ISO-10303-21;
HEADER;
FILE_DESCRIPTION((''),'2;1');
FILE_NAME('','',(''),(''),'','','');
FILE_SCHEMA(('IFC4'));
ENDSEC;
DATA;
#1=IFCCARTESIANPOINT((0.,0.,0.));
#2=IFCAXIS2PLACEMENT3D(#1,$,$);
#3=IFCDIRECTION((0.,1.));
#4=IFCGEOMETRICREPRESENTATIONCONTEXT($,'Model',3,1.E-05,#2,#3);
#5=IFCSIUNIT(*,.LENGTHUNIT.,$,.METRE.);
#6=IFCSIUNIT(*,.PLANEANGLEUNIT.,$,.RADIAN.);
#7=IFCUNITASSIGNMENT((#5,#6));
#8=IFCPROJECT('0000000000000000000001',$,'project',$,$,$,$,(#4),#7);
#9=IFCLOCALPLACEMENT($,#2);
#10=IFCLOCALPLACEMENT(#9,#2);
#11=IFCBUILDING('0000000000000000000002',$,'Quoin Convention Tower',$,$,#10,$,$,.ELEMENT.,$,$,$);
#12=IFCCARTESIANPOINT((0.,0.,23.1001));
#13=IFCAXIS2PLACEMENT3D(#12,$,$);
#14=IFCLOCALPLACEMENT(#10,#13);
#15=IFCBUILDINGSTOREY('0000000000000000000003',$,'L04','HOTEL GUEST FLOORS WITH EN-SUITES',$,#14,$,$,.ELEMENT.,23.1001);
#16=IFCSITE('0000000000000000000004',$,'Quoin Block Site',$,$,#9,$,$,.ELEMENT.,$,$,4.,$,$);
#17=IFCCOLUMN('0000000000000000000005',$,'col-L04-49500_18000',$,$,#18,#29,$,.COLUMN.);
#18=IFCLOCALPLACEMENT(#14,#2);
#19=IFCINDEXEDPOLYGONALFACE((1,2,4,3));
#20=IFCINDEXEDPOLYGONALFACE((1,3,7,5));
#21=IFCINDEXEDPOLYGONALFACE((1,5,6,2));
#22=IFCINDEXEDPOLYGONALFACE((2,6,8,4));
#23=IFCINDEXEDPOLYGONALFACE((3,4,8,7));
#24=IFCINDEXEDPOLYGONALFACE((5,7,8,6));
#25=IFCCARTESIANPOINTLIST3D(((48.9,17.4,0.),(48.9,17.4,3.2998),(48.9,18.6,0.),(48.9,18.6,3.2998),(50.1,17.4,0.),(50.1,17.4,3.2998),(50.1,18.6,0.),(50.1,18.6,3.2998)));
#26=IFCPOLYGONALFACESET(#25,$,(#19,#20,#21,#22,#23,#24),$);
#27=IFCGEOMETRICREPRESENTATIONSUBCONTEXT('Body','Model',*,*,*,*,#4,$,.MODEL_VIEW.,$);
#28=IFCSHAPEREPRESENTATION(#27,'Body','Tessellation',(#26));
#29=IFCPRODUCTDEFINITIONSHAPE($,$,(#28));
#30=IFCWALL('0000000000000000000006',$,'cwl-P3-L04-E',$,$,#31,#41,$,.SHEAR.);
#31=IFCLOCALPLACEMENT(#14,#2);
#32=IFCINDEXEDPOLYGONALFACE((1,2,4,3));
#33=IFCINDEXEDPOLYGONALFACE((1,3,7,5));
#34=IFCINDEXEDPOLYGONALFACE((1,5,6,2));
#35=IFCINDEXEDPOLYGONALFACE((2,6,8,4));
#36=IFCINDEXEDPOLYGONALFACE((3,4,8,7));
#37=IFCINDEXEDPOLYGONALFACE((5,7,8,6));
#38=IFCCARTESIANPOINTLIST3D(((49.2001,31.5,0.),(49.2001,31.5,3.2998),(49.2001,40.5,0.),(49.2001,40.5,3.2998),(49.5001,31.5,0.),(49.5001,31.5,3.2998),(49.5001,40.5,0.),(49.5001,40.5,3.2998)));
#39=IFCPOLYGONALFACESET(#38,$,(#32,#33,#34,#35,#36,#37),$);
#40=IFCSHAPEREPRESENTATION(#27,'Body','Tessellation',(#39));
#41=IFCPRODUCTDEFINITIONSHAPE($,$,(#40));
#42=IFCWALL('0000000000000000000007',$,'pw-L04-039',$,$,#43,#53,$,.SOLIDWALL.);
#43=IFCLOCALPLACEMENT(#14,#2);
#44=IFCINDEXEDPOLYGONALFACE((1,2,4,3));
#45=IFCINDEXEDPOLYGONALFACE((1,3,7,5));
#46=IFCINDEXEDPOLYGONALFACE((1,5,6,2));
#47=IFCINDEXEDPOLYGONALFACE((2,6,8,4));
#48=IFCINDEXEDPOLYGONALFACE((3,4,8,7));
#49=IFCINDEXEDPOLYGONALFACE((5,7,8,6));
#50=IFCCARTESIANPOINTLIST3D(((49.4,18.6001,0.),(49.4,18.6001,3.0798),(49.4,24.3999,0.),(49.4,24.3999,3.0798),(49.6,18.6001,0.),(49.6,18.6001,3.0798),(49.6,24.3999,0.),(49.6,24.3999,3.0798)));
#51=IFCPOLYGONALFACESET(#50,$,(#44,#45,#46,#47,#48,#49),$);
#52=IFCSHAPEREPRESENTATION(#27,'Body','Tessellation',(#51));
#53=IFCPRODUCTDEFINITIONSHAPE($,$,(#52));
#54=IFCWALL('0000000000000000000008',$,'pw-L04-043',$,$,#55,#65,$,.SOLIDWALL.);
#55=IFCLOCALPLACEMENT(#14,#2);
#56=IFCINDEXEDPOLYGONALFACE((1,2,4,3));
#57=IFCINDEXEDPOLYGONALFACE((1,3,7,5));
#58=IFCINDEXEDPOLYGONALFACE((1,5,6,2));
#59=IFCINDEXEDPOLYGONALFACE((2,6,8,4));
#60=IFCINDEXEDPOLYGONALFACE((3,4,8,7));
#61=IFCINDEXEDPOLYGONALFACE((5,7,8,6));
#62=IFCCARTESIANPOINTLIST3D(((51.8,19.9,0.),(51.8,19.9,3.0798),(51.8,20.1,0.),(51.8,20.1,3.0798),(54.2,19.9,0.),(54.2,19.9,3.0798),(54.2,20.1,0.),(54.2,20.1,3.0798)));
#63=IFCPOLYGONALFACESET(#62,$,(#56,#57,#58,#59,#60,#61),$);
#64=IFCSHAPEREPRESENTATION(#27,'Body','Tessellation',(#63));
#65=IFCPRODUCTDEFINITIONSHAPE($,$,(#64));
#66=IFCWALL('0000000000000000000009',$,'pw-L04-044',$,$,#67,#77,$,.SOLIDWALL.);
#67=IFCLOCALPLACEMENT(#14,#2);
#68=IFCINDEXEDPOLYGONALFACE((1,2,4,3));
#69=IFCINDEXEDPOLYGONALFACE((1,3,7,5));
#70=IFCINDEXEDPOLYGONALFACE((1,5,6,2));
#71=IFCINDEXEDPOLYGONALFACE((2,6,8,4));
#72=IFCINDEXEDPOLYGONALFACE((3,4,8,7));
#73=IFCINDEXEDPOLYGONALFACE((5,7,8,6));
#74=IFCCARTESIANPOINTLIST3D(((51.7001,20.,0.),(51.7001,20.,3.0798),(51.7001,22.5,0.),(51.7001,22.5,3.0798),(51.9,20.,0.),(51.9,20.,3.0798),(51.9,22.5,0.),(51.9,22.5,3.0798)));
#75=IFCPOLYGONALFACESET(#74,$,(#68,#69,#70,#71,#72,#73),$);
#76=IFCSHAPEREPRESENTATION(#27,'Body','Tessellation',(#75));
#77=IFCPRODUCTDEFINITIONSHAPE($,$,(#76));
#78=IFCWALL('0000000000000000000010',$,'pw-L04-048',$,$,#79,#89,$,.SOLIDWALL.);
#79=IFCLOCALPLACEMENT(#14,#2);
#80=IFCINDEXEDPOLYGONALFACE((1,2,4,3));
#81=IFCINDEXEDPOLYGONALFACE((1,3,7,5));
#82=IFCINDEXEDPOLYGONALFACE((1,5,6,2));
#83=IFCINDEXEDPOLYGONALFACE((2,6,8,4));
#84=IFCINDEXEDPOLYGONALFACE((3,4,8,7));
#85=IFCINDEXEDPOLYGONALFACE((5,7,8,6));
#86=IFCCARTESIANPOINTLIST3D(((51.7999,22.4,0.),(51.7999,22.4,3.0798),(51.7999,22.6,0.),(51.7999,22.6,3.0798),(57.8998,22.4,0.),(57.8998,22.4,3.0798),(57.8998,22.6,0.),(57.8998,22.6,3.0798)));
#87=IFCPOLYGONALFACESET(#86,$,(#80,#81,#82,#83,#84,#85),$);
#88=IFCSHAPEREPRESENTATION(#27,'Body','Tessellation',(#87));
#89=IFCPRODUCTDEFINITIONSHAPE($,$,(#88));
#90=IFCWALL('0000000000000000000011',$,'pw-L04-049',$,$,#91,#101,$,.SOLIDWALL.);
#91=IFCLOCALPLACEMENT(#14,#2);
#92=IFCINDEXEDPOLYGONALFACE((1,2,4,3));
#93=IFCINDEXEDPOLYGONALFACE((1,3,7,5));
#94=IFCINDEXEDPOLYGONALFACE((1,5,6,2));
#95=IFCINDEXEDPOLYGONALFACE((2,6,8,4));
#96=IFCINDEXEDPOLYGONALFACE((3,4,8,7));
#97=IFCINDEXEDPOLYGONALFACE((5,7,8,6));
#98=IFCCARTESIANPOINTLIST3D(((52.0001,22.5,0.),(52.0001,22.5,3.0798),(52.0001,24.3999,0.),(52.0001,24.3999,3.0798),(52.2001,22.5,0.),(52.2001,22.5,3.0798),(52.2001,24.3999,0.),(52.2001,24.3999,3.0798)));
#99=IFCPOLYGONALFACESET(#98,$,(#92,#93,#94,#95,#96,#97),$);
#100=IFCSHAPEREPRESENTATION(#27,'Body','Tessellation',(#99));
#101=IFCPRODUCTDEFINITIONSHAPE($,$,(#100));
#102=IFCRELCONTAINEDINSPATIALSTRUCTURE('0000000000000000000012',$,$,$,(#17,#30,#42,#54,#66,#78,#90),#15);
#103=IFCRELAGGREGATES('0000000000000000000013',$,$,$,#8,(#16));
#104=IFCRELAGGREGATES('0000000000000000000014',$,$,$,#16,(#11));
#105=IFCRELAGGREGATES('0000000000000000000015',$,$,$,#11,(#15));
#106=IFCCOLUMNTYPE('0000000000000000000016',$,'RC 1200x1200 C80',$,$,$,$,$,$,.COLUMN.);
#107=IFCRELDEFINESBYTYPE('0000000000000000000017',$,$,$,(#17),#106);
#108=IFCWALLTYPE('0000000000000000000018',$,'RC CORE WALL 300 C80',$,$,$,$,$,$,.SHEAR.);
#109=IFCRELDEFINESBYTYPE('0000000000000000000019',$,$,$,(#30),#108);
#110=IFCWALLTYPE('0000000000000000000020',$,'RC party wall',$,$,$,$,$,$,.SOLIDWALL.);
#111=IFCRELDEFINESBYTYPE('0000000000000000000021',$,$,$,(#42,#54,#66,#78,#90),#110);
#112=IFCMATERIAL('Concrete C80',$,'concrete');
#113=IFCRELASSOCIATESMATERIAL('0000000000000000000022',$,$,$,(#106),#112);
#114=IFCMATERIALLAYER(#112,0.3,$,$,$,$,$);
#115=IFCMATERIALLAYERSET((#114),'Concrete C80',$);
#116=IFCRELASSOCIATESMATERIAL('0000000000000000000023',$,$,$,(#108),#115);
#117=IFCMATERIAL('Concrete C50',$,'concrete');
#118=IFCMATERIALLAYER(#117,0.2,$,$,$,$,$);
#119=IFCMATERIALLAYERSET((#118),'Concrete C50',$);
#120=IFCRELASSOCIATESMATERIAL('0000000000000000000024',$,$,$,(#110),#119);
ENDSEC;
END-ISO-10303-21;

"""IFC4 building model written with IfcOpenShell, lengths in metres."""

from ifc_helpers import new_model, si_unit, direction, frame, frame_2d, origin, origin_2d, place, context, subcontext, project, spatial, rectangle, extrude, material, layer, layer_set, material_profile, profile_set, type_object, element, save


model = new_model("IFC4")

# Units and contexts
model_context = context("Model", 3, precision=1e-05, world=origin(), true_north=direction((0.0, 1.0)))
body_context = subcontext(model_context, "Body", "Model", "MODEL_VIEW")
ifc_project = project(units=[si_unit("LENGTHUNIT", "METRE"), si_unit("PLANEANGLEUNIT", "RADIAN")], contexts=[model_context])

# Site, building, storey
site_placement = place(None, origin())
site = spatial("IfcSite", under=ifc_project, at=site_placement, Name="Quoin Block Site", CompositionType="ELEMENT", RefElevation=4.0)
building_placement = place(site_placement, origin())
building = spatial("IfcBuilding", under=site, at=building_placement, Name="Quoin Convention Tower", CompositionType="ELEMENT")
storey_placement = place(building_placement, frame((0.0, 0.0, 23.1001)))
storey = spatial("IfcBuildingStorey", under=building, at=storey_placement, Name="L04", Description="HOTEL GUEST FLOORS WITH EN-SUITES", CompositionType="ELEMENT", Elevation=23.1001)

# Column
ifc_material_1 = material(Name="Concrete C80", Category="concrete")
ifc_material_profile = material_profile(ifc_material_1, rectangle(XDim=1.2, YDim=1.2, at=origin_2d()), Name="RC 1200x1200")
ifc_profile_set = profile_set([ifc_material_profile], Name="Concrete C80")
column_type = type_object("IfcColumnType", Name="RC 1200x1200 C80", PredefinedType="COLUMN", material=ifc_profile_set)
column_placement = place(storey_placement, frame((49.5, 18.0, 0.0), z_axis=(0.0, 0.0, 1.0), x_axis=(1.0, 0.0, 0.0)))
element("IfcColumn", 1, at=column_placement, inside=storey, type_object=column_type, Name="col-L04-49500_18000", PredefinedType="COLUMN", context=body_context, shape_type="SweptSolid", body=[
    extrude(rectangle(XDim=1.2, YDim=1.2, at=origin_2d()), origin(), (0.0, 0.0, 1.0), 3.2998),
])

# Walls
ifc_layer_1 = layer(ifc_material_1, 0.3)
ifc_layer_set_1 = layer_set([ifc_layer_1], Name="Concrete C80")
wall_type_1 = type_object("IfcWallType", Name="RC CORE WALL 300 C80", PredefinedType="SHEAR", material=ifc_layer_set_1)
wall_1_placement = place(storey_placement, frame((49.3501, 31.5, 0.0), z_axis=(0.0, 0.0, 1.0), x_axis=(0.0, 1.0, 0.0)))
element("IfcWall", 2, at=wall_1_placement, inside=storey, type_object=wall_type_1, Name="cwl-P3-L04-E", PredefinedType="SHEAR", context=body_context, shape_type="SweptSolid", body=[
    extrude(rectangle(XDim=9.0, YDim=0.3, at=frame_2d((4.5, 0.0))), origin(), (0.0, 0.0, 1.0), 3.2998),
])
ifc_material_2 = material(Name="Concrete C50", Category="concrete")
ifc_layer_2 = layer(ifc_material_2, 0.2)
ifc_layer_set_2 = layer_set([ifc_layer_2], Name="Concrete C50")
wall_type_2 = type_object("IfcWallType", Name="RC party wall", PredefinedType="SOLIDWALL", material=ifc_layer_set_2)
wall_2_placement = place(storey_placement, frame((49.5, 18.6001, 0.0), z_axis=(0.0, 0.0, 1.0), x_axis=(0.0, 1.0, 0.0)))
element("IfcWall", 3, at=wall_2_placement, inside=storey, type_object=wall_type_2, Name="pw-L04-039", PredefinedType="SOLIDWALL", context=body_context, shape_type="SweptSolid", body=[
    extrude(rectangle(XDim=5.7998, YDim=0.2, at=frame_2d((2.8999, 0.0))), origin(), (0.0, 0.0, 1.0), 3.0798),
])
wall_3_placement = place(storey_placement, frame((51.8, 20.0, 0.0), z_axis=(0.0, 0.0, 1.0), x_axis=(1.0, 0.0, 0.0)))
element("IfcWall", 4, at=wall_3_placement, inside=storey, type_object=wall_type_2, Name="pw-L04-043", PredefinedType="SOLIDWALL", context=body_context, shape_type="SweptSolid", body=[
    extrude(rectangle(XDim=2.3999, YDim=0.2, at=frame_2d((1.2, 0.0))), origin(), (0.0, 0.0, 1.0), 3.0798),
])
wall_4_placement = place(storey_placement, frame((51.8, 20.0, 0.0), z_axis=(0.0, 0.0, 1.0), x_axis=(0.0, 1.0, 0.0)))
element("IfcWall", 5, at=wall_4_placement, inside=storey, type_object=wall_type_2, Name="pw-L04-044", PredefinedType="SOLIDWALL", context=body_context, shape_type="SweptSolid", body=[
    extrude(rectangle(XDim=2.5, YDim=0.2, at=frame_2d((1.25, 0.0))), origin(), (0.0, 0.0, 1.0), 3.0798),
])
wall_5_placement = place(storey_placement, frame((51.8, 22.5, 0.0), z_axis=(0.0, 0.0, 1.0), x_axis=(1.0, 0.0, 0.0)))
element("IfcWall", 6, at=wall_5_placement, inside=storey, type_object=wall_type_2, Name="pw-L04-048", PredefinedType="SOLIDWALL", context=body_context, shape_type="SweptSolid", body=[
    extrude(rectangle(XDim=6.0999, YDim=0.2, at=frame_2d((3.0498, 0.0))), origin(), (0.0, 0.0, 1.0), 3.0798),
])
wall_6_placement = place(storey_placement, frame((52.1001, 22.5, 0.0), z_axis=(0.0, 0.0, 1.0), x_axis=(0.0, 1.0, 0.0)))
element("IfcWall", 7, at=wall_6_placement, inside=storey, type_object=wall_type_2, Name="pw-L04-049", PredefinedType="SOLIDWALL", context=body_context, shape_type="SweptSolid", body=[
    extrude(rectangle(XDim=1.8999, YDim=0.2, at=frame_2d((0.95, 0.0))), origin(), (0.0, 0.0, 1.0), 3.0798),
])

save(model, "model.ifc")
